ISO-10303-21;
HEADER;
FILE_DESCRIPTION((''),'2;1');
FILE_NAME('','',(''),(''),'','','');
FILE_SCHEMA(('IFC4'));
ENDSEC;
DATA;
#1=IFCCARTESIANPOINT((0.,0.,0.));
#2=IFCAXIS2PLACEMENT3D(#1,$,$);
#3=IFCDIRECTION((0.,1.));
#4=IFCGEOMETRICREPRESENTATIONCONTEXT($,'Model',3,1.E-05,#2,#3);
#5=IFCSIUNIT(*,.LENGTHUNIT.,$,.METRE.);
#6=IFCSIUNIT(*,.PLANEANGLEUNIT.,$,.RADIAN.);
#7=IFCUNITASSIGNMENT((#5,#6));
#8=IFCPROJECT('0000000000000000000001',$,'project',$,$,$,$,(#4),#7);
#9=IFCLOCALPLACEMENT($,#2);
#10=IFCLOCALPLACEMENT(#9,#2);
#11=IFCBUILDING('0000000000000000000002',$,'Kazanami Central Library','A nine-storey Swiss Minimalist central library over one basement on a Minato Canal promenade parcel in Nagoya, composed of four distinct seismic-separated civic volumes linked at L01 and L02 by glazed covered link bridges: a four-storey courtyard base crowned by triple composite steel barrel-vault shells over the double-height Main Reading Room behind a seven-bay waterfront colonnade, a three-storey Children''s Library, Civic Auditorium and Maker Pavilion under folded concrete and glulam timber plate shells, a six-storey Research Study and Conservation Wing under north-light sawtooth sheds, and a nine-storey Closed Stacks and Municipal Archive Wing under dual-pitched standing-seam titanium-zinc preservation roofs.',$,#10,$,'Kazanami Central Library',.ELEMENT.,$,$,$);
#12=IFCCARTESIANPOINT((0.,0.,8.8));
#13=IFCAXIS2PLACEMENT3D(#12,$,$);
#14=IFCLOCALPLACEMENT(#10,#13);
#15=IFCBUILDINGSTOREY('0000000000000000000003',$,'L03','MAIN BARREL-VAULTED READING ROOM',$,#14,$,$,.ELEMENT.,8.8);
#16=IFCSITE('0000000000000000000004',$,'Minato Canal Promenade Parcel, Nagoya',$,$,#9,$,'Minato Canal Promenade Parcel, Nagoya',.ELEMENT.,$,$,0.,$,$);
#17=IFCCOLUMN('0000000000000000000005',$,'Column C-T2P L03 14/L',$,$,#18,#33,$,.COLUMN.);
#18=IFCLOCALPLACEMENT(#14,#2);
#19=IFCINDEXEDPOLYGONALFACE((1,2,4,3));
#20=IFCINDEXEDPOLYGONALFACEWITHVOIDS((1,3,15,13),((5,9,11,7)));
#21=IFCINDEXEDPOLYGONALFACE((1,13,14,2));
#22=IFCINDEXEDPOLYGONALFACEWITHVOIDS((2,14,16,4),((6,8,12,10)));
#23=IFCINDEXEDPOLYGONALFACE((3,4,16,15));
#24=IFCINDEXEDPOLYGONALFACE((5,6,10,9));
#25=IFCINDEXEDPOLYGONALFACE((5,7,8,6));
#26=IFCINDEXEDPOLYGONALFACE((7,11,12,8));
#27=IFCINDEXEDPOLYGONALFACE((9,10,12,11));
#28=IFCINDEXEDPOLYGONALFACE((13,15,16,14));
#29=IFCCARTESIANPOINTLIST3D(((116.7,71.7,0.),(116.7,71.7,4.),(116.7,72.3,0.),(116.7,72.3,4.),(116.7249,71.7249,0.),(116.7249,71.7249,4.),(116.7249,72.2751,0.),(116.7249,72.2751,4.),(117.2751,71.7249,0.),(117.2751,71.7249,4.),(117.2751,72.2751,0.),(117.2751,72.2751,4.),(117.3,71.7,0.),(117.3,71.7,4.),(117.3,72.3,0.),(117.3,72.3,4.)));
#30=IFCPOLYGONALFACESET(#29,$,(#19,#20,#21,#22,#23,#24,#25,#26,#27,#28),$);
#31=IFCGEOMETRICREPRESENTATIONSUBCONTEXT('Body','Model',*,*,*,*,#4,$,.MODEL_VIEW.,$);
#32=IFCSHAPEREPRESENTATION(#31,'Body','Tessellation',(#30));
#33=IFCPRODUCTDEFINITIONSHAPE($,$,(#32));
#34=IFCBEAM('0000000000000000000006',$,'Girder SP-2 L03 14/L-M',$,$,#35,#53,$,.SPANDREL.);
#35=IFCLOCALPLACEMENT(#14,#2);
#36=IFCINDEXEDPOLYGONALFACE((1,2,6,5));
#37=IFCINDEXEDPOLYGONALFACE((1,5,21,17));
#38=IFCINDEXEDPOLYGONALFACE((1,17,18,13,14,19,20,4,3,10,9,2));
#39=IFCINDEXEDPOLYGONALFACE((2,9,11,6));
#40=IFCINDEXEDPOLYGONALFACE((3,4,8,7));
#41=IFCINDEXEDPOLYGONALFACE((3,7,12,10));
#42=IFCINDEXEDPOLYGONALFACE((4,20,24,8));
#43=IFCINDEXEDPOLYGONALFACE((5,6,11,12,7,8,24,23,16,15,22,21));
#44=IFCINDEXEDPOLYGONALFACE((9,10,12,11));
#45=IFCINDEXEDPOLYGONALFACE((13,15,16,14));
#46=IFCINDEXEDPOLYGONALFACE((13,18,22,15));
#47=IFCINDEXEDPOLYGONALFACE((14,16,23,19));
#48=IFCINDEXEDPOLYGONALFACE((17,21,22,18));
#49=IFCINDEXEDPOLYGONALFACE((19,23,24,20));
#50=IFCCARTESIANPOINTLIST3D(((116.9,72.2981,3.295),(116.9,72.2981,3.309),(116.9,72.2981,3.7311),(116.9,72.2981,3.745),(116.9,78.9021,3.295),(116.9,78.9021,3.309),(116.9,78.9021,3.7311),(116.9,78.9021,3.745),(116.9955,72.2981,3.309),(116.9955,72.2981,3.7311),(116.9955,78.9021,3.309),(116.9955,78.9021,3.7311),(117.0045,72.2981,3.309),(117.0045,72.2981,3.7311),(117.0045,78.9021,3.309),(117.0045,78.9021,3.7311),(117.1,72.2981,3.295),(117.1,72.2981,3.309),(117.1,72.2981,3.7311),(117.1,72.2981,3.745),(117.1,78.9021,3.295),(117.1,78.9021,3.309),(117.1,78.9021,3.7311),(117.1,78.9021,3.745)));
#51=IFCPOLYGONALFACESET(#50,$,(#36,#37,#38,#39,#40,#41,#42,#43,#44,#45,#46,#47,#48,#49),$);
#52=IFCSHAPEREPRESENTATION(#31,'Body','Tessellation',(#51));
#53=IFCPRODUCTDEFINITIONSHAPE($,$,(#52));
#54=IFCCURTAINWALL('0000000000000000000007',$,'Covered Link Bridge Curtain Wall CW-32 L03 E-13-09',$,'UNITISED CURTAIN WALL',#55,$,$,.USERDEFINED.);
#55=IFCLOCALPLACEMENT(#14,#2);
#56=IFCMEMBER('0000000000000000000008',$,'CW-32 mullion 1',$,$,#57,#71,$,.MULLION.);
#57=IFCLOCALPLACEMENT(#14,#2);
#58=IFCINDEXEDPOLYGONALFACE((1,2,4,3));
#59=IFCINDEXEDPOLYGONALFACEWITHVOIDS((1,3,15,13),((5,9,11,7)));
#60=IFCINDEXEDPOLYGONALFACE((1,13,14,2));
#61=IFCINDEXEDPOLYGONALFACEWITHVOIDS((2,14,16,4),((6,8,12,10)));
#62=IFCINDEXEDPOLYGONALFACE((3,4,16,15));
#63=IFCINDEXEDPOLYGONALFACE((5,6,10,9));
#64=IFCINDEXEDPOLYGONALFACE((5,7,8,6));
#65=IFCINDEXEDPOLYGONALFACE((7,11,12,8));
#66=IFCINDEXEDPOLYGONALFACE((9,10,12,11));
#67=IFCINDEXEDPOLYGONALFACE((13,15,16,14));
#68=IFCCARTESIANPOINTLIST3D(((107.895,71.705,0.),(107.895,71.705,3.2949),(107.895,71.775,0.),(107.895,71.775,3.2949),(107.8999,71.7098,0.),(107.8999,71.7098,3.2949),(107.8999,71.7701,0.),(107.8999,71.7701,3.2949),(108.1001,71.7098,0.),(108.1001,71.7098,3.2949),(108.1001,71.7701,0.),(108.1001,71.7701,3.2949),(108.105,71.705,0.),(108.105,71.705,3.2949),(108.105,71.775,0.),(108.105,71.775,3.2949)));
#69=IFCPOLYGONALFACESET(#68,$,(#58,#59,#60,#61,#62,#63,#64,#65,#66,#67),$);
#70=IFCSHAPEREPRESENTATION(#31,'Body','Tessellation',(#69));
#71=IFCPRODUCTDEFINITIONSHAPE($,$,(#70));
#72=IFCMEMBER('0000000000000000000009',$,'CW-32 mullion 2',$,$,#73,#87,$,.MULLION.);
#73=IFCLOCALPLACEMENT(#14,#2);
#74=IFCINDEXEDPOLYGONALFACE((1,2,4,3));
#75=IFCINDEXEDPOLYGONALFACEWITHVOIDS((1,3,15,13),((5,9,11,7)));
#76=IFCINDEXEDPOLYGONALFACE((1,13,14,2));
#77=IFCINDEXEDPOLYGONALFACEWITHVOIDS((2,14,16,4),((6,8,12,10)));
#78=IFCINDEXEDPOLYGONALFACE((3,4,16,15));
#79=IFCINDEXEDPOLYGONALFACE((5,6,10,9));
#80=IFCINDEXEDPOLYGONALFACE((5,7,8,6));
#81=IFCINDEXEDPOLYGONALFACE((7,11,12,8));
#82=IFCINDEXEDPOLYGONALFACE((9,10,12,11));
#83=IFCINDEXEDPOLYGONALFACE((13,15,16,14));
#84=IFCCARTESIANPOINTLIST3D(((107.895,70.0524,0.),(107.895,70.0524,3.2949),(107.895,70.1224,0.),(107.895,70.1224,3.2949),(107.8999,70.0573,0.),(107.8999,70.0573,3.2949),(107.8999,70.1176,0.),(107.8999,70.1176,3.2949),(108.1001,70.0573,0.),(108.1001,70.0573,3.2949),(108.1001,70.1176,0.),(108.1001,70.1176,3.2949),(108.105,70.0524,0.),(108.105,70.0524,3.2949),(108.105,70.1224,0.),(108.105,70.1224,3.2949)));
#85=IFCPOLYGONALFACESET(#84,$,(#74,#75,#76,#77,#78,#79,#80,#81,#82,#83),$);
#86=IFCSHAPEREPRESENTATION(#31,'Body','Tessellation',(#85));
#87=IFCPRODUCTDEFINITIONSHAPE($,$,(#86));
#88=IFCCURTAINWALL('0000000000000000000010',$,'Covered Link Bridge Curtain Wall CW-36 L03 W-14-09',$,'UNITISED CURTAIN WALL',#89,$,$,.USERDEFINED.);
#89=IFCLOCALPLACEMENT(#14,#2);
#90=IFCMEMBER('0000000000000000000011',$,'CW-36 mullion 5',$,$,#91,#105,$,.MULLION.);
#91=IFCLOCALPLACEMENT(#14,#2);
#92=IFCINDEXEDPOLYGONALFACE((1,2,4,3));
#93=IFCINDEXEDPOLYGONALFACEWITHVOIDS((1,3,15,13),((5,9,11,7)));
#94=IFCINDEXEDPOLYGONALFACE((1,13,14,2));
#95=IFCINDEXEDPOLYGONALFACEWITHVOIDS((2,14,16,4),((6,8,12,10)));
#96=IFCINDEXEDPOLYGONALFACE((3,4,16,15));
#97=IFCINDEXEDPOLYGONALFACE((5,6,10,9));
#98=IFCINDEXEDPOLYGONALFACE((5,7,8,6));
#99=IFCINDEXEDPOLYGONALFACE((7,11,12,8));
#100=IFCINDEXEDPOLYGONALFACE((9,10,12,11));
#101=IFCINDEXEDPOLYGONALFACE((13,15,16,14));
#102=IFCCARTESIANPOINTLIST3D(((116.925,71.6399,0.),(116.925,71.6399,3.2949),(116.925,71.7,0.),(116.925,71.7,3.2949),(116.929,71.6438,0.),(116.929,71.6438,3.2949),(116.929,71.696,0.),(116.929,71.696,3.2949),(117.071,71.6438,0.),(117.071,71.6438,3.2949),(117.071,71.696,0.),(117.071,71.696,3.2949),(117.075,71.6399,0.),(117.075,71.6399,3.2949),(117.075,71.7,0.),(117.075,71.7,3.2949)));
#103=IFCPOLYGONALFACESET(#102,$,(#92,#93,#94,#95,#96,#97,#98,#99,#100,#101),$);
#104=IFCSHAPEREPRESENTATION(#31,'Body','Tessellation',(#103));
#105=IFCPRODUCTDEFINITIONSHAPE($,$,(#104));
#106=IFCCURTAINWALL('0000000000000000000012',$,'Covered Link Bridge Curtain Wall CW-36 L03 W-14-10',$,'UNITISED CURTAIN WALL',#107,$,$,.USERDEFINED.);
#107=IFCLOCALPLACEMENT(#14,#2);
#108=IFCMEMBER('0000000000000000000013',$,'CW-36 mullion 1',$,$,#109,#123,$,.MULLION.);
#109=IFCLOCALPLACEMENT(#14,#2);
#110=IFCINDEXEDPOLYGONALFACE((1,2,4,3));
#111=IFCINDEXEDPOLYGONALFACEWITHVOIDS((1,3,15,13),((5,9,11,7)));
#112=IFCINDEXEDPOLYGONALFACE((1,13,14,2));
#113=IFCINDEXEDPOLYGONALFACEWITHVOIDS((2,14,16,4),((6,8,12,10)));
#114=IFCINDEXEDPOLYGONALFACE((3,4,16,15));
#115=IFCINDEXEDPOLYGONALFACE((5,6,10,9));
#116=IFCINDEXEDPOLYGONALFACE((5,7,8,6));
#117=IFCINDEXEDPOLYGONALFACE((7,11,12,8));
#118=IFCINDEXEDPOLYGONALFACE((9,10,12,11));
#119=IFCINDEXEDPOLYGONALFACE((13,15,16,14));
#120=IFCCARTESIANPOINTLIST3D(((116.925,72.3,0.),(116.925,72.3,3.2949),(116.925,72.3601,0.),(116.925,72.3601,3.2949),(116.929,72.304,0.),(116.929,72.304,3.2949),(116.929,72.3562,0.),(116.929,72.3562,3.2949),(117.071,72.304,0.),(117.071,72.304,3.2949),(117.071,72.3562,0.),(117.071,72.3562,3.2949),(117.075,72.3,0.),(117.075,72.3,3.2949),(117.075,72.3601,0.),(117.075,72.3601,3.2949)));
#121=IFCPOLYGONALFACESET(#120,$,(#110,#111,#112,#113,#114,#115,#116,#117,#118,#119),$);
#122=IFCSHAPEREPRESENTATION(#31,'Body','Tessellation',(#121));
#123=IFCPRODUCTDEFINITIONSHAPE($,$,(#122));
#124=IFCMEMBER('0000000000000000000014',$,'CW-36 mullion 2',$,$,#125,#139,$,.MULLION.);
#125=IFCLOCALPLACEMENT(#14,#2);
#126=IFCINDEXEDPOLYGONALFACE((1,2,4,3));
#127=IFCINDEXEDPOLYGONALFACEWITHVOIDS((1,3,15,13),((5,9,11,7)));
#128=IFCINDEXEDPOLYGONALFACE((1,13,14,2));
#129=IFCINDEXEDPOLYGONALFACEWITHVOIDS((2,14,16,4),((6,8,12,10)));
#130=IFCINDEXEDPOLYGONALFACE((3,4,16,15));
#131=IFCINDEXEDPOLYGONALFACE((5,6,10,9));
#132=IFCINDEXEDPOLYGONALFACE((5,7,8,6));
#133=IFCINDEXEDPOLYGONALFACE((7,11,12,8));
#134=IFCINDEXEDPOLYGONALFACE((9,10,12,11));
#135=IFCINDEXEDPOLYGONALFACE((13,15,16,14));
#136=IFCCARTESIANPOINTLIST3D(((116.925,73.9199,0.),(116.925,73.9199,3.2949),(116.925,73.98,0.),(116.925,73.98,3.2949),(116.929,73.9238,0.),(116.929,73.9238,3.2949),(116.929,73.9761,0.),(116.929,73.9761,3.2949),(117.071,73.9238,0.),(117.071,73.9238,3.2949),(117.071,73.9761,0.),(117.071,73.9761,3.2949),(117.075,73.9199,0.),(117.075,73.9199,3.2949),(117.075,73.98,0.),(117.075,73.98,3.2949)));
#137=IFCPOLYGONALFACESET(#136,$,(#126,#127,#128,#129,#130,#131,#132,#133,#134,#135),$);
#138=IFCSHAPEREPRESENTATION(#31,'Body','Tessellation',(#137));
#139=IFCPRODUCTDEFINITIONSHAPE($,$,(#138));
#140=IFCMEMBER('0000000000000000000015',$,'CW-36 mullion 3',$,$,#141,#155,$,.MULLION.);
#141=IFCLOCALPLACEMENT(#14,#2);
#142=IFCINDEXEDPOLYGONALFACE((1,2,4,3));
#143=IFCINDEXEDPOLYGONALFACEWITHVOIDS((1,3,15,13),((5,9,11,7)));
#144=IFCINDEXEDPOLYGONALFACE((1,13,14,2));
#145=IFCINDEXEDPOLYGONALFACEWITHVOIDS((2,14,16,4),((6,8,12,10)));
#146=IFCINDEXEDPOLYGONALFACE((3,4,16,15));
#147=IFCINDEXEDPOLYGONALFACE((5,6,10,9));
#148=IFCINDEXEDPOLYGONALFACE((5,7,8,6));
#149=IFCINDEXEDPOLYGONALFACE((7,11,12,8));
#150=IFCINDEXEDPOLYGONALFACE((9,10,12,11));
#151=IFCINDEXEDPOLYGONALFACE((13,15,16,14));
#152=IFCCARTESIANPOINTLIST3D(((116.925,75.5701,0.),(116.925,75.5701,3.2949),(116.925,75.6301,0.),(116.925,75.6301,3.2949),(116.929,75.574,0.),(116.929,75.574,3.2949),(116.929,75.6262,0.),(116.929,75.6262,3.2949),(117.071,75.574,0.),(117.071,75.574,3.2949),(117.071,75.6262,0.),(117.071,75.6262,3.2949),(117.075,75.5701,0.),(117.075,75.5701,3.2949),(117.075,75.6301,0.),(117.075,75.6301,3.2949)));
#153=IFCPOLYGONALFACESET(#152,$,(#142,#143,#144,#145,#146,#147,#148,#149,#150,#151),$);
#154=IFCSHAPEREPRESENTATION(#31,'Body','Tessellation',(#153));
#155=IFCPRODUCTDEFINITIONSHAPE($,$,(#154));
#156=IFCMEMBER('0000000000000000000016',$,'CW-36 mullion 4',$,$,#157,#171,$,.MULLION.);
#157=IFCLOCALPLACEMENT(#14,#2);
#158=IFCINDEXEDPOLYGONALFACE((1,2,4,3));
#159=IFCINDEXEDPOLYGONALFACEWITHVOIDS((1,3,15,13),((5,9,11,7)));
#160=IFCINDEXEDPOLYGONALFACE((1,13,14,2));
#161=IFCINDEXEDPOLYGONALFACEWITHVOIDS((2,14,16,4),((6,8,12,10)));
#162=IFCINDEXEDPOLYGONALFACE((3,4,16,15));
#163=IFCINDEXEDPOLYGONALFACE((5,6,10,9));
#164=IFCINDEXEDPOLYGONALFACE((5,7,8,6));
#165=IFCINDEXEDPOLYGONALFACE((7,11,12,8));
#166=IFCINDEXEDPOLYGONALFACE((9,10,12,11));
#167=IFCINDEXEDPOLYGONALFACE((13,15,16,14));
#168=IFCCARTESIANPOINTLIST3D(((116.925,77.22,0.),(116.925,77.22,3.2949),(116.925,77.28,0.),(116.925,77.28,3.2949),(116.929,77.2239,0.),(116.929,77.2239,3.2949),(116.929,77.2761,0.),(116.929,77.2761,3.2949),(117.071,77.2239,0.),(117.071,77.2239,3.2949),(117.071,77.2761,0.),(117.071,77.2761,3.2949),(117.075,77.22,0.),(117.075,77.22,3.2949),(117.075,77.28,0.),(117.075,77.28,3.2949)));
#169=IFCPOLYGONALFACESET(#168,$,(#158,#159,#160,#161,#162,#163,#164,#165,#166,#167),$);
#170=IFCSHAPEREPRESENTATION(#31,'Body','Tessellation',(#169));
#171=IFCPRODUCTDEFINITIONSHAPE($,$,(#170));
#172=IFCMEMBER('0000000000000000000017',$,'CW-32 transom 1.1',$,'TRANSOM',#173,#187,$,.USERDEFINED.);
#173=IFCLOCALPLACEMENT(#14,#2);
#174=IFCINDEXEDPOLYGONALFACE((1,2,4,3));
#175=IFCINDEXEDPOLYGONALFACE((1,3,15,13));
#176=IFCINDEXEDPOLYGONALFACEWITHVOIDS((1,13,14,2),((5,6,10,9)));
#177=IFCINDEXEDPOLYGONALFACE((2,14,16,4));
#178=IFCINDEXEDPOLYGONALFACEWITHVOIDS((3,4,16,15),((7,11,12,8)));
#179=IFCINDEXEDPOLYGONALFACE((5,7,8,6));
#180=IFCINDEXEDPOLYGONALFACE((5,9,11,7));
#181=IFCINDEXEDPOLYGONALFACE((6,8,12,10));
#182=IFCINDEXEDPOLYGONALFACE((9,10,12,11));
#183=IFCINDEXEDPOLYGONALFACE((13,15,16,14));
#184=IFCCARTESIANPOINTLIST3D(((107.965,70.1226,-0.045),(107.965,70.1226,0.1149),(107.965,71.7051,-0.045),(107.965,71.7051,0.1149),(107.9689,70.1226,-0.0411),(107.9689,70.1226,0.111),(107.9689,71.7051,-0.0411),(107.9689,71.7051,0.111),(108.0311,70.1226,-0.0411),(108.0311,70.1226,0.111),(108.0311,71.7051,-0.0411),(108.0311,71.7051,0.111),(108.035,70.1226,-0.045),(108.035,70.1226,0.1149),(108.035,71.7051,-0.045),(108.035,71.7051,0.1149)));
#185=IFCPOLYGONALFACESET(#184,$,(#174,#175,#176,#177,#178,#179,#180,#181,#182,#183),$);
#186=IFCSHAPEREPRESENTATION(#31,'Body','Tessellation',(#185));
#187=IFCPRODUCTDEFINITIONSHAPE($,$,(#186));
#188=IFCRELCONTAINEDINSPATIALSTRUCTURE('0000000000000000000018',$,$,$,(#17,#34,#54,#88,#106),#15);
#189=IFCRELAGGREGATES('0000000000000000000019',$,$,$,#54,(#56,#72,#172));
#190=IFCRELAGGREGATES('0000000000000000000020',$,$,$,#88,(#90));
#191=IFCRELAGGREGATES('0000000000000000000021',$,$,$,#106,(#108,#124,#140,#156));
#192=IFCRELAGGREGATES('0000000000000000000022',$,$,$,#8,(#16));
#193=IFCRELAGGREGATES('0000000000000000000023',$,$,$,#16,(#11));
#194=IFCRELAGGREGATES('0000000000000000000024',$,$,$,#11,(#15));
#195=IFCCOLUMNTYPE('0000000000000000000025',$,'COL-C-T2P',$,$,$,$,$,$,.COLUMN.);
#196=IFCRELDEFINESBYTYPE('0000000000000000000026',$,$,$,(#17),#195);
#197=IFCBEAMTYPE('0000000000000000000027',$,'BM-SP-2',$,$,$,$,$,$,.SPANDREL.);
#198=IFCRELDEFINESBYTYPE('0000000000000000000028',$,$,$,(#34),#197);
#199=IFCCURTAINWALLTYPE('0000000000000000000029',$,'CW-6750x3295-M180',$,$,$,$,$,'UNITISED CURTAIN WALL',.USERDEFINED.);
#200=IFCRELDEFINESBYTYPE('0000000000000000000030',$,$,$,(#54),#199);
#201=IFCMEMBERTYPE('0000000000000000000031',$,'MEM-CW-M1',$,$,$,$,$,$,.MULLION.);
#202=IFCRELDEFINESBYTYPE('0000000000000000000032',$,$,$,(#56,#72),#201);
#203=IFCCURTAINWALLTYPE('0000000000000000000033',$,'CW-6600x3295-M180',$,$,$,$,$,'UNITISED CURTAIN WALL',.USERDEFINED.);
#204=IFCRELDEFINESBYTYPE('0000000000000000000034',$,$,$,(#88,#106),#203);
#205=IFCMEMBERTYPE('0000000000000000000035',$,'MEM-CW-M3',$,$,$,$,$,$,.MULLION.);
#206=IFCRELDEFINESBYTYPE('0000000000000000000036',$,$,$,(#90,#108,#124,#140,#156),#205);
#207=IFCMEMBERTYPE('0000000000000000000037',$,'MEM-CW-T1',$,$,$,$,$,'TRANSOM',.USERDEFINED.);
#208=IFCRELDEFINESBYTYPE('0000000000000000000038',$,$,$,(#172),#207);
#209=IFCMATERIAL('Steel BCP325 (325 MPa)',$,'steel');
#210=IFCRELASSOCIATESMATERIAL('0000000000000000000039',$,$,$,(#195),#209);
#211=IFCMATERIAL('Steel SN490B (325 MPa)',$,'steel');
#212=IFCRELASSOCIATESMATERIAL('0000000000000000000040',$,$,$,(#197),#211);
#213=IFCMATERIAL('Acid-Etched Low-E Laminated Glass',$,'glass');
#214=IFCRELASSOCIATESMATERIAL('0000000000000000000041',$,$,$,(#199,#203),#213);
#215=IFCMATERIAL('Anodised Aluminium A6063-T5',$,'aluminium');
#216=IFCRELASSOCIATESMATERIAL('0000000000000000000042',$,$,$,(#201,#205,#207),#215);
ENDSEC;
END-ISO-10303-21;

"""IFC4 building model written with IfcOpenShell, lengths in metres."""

from ifc_helpers import new_model, si_unit, direction, frame, origin, origin_2d, place, context, subcontext, project, spatial, hollow_rectangle, i_section, extrude, material, material_profile, profile_set, type_object, element, aggregate, save


model = new_model("IFC4")

# Units and contexts
model_context = context("Model", 3, precision=1e-05, world=origin(), true_north=direction((0.0, 1.0)))
body_context = subcontext(model_context, "Body", "Model", "MODEL_VIEW")
ifc_project = project(units=[si_unit("LENGTHUNIT", "METRE"), si_unit("PLANEANGLEUNIT", "RADIAN")], contexts=[model_context])

# Site, building, storey
site_placement = place(None, origin())
site = spatial("IfcSite", under=ifc_project, at=site_placement, Name="Minato Canal Promenade Parcel, Nagoya", LongName="Minato Canal Promenade Parcel, Nagoya", CompositionType="ELEMENT", RefElevation=0.0)
building_placement = place(site_placement, origin())
building = spatial("IfcBuilding", under=site, at=building_placement, Name="Kazanami Central Library", Description="A nine-storey Swiss Minimalist central library over one basement on a Minato Canal promenade parcel in Nagoya, composed of four distinct seismic-separated civic volumes linked at L01 and L02 by glazed covered link bridges: a four-storey courtyard base crowned by triple composite steel barrel-vault shells over the double-height Main Reading Room behind a seven-bay waterfront colonnade, a three-storey Children's Library, Civic Auditorium and Maker Pavilion under folded concrete and glulam timber plate shells, a six-storey Research Study and Conservation Wing under north-light sawtooth sheds, and a nine-storey Closed Stacks and Municipal Archive Wing under dual-pitched standing-seam titanium-zinc preservation roofs.", LongName="Kazanami Central Library", CompositionType="ELEMENT")
storey_placement = place(building_placement, frame((0.0, 0.0, 8.8)))
storey = spatial("IfcBuildingStorey", under=building, at=storey_placement, Name="L03", Description="MAIN BARREL-VAULTED READING ROOM", CompositionType="ELEMENT", Elevation=8.8)

# Column
ifc_material_1 = material(Name="Steel BCP325 (325 MPa)", Category="steel")
ifc_material_profile_1 = material_profile(ifc_material_1, hollow_rectangle(XDim=0.6001, YDim=0.6001, WallThickness=0.0249, at=origin_2d()), Name="BCP-600x600x25")
ifc_profile_set_1 = profile_set([ifc_material_profile_1], Name="Steel BCP325 (325 MPa)")
column_type = type_object("IfcColumnType", Name="COL-C-T2P", PredefinedType="COLUMN", material=ifc_profile_set_1)
column_placement = place(storey_placement, frame((117.0, 72.0, 0.0), z_axis=(0.0, 0.0, 1.0), x_axis=(1.0, 0.0, 0.0)))
element("IfcColumn", 1, at=column_placement, inside=storey, type_object=column_type, Name="Column C-T2P L03 14/L", PredefinedType="COLUMN", context=body_context, shape_type="SweptSolid", body=[
    extrude(hollow_rectangle(XDim=0.6001, YDim=0.6001, WallThickness=0.0249, at=origin_2d()), origin(), (0.0, 0.0, 1.0), 4.0),
])

# Beam
ifc_material_2 = material(Name="Steel SN490B (325 MPa)", Category="steel")
ifc_material_profile_2 = material_profile(ifc_material_2, i_section(OverallWidth=0.2, OverallDepth=0.45, WebThickness=0.009, FlangeThickness=0.0139, at=origin_2d()), Name="H-450x200x9x14")
ifc_profile_set_2 = profile_set([ifc_material_profile_2], Name="Steel SN490B (325 MPa)")
beam_type = type_object("IfcBeamType", Name="BM-SP-2", PredefinedType="SPANDREL", material=ifc_profile_set_2)
beam_placement = place(storey_placement, frame((117.0, 72.2981, 3.52), z_axis=(0.0, 1.0, 0.0), x_axis=(-1.0, 0.0, 0.0)))
element("IfcBeam", 2, at=beam_placement, inside=storey, type_object=beam_type, Name="Girder SP-2 L03 14/L-M", PredefinedType="SPANDREL", context=body_context, shape_type="SweptSolid", body=[
    extrude(i_section(OverallWidth=0.2, OverallDepth=0.45, WebThickness=0.009, FlangeThickness=0.0139, at=origin_2d()), origin(), (0.0, 0.0, 1.0), 6.604),
])

# Curtain wall, members
ifc_material_3 = material(Name="Acid-Etched Low-E Laminated Glass", Category="glass")
curtain_wall_type_1 = type_object("IfcCurtainWallType", Name="CW-6750x3295-M180", ElementType="UNITISED CURTAIN WALL", PredefinedType="USERDEFINED", material=ifc_material_3)
curtain_wall_1_placement = place(storey_placement, origin())
curtain_wall_1 = element("IfcCurtainWall", 3, at=curtain_wall_1_placement, inside=storey, type_object=curtain_wall_type_1, Name="Covered Link Bridge Curtain Wall CW-32 L03 E-13-09", ObjectType="UNITISED CURTAIN WALL", PredefinedType="USERDEFINED")
ifc_material_4 = material(Name="Anodised Aluminium A6063-T5", Category="aluminium")
ifc_material_profile_3 = material_profile(ifc_material_4, hollow_rectangle(XDim=0.0701, YDim=0.21, WallThickness=0.0049, at=origin_2d()), Name="ALU-MULL-70x210x5")
ifc_profile_set_3 = profile_set([ifc_material_profile_3], Name="Anodised Aluminium A6063-T5")
member_type_1 = type_object("IfcMemberType", Name="MEM-CW-M1", PredefinedType="MULLION", material=ifc_profile_set_3)
member_1_placement = place(storey_placement, frame((108.0, 71.74, 0.0), z_axis=(0.0, 0.0, 1.0), x_axis=(0.0, -1.0, 0.0)))
member_1 = element("IfcMember", 4, at=member_1_placement, type_object=member_type_1, Name="CW-32 mullion 1", PredefinedType="MULLION", context=body_context, shape_type="SweptSolid", body=[
    extrude(hollow_rectangle(XDim=0.0701, YDim=0.21, WallThickness=0.0049, at=origin_2d()), origin(), (0.0, 0.0, 1.0), 3.2949),
])
member_2_placement = place(storey_placement, frame((108.0, 70.0874, 0.0), z_axis=(0.0, 0.0, 1.0), x_axis=(0.0, -1.0, 0.0)))
member_2 = element("IfcMember", 5, at=member_2_placement, type_object=member_type_1, Name="CW-32 mullion 2", PredefinedType="MULLION", context=body_context, shape_type="SweptSolid", body=[
    extrude(hollow_rectangle(XDim=0.0701, YDim=0.21, WallThickness=0.0049, at=origin_2d()), origin(), (0.0, 0.0, 1.0), 3.2949),
])

# Curtain wall, member
curtain_wall_type_2 = type_object("IfcCurtainWallType", Name="CW-6600x3295-M180", ElementType="UNITISED CURTAIN WALL", PredefinedType="USERDEFINED", material=ifc_material_3)
curtain_wall_2_placement = place(storey_placement, origin())
curtain_wall_2 = element("IfcCurtainWall", 6, at=curtain_wall_2_placement, inside=storey, type_object=curtain_wall_type_2, Name="Covered Link Bridge Curtain Wall CW-36 L03 W-14-09", ObjectType="UNITISED CURTAIN WALL", PredefinedType="USERDEFINED")
ifc_material_profile_4 = material_profile(ifc_material_4, hollow_rectangle(XDim=0.0601, YDim=0.1499, WallThickness=0.0039, at=origin_2d()), Name="ALU-MULL-60x150x4")
ifc_profile_set_4 = profile_set([ifc_material_profile_4], Name="Anodised Aluminium A6063-T5")
member_type_2 = type_object("IfcMemberType", Name="MEM-CW-M3", PredefinedType="MULLION", material=ifc_profile_set_4)
member_3_placement = place(storey_placement, frame((117.0, 71.6699, 0.0), z_axis=(0.0, 0.0, 1.0), x_axis=(0.0, 1.0, 0.0)))
member_3 = element("IfcMember", 7, at=member_3_placement, type_object=member_type_2, Name="CW-36 mullion 5", PredefinedType="MULLION", context=body_context, shape_type="SweptSolid", body=[
    extrude(hollow_rectangle(XDim=0.0601, YDim=0.1499, WallThickness=0.0039, at=origin_2d()), origin(), (0.0, 0.0, 1.0), 3.2949),
])

# Curtain wall, members
curtain_wall_3_placement = place(storey_placement, origin())
curtain_wall_3 = element("IfcCurtainWall", 8, at=curtain_wall_3_placement, inside=storey, type_object=curtain_wall_type_2, Name="Covered Link Bridge Curtain Wall CW-36 L03 W-14-10", ObjectType="UNITISED CURTAIN WALL", PredefinedType="USERDEFINED")
member_4_placement = place(storey_placement, frame((117.0, 72.3301, 0.0), z_axis=(0.0, 0.0, 1.0), x_axis=(0.0, 1.0, 0.0)))
member_4 = element("IfcMember", 9, at=member_4_placement, type_object=member_type_2, Name="CW-36 mullion 1", PredefinedType="MULLION", context=body_context, shape_type="SweptSolid", body=[
    extrude(hollow_rectangle(XDim=0.0601, YDim=0.1499, WallThickness=0.0039, at=origin_2d()), origin(), (0.0, 0.0, 1.0), 3.2949),
])
member_5_placement = place(storey_placement, frame((117.0, 73.95, 0.0), z_axis=(0.0, 0.0, 1.0), x_axis=(0.0, 1.0, 0.0)))
member_5 = element("IfcMember", 10, at=member_5_placement, type_object=member_type_2, Name="CW-36 mullion 2", PredefinedType="MULLION", context=body_context, shape_type="SweptSolid", body=[
    extrude(hollow_rectangle(XDim=0.0601, YDim=0.1499, WallThickness=0.0039, at=origin_2d()), origin(), (0.0, 0.0, 1.0), 3.2949),
])
member_6_placement = place(storey_placement, frame((117.0, 75.6001, 0.0), z_axis=(0.0, 0.0, 1.0), x_axis=(0.0, 1.0, 0.0)))
member_6 = element("IfcMember", 11, at=member_6_placement, type_object=member_type_2, Name="CW-36 mullion 3", PredefinedType="MULLION", context=body_context, shape_type="SweptSolid", body=[
    extrude(hollow_rectangle(XDim=0.0601, YDim=0.1499, WallThickness=0.0039, at=origin_2d()), origin(), (0.0, 0.0, 1.0), 3.2949),
])
member_7_placement = place(storey_placement, frame((117.0, 77.25, 0.0), z_axis=(0.0, 0.0, 1.0), x_axis=(0.0, 1.0, 0.0)))
member_7 = element("IfcMember", 12, at=member_7_placement, type_object=member_type_2, Name="CW-36 mullion 4", PredefinedType="MULLION", context=body_context, shape_type="SweptSolid", body=[
    extrude(hollow_rectangle(XDim=0.0601, YDim=0.1499, WallThickness=0.0039, at=origin_2d()), origin(), (0.0, 0.0, 1.0), 3.2949),
])

# Member
ifc_material_profile_5 = material_profile(ifc_material_4, hollow_rectangle(XDim=0.0701, YDim=0.1599, WallThickness=0.0039, at=origin_2d()), Name="ALU-TRAN-70x160x4")
ifc_profile_set_5 = profile_set([ifc_material_profile_5], Name="Anodised Aluminium A6063-T5")
member_type_3 = type_object("IfcMemberType", Name="MEM-CW-T1", ElementType="TRANSOM", PredefinedType="USERDEFINED", material=ifc_profile_set_5)
member_8_placement = place(storey_placement, frame((108.0, 71.7051, 0.0349), z_axis=(0.0, -1.0, 0.0), x_axis=(1.0, 0.0, 0.0)))
member_8 = element("IfcMember", 13, at=member_8_placement, type_object=member_type_3, Name="CW-32 transom 1.1", ObjectType="TRANSOM", PredefinedType="USERDEFINED", context=body_context, shape_type="SweptSolid", body=[
    extrude(hollow_rectangle(XDim=0.0701, YDim=0.1599, WallThickness=0.0039, at=origin_2d()), origin(), (0.0, 0.0, 1.0), 1.5825),
])

aggregate(curtain_wall_1, [member_1, member_2, member_8])
aggregate(curtain_wall_2, [member_3])
aggregate(curtain_wall_3, [member_4, member_5, member_6, member_7])

save(model, "model.ifc")
